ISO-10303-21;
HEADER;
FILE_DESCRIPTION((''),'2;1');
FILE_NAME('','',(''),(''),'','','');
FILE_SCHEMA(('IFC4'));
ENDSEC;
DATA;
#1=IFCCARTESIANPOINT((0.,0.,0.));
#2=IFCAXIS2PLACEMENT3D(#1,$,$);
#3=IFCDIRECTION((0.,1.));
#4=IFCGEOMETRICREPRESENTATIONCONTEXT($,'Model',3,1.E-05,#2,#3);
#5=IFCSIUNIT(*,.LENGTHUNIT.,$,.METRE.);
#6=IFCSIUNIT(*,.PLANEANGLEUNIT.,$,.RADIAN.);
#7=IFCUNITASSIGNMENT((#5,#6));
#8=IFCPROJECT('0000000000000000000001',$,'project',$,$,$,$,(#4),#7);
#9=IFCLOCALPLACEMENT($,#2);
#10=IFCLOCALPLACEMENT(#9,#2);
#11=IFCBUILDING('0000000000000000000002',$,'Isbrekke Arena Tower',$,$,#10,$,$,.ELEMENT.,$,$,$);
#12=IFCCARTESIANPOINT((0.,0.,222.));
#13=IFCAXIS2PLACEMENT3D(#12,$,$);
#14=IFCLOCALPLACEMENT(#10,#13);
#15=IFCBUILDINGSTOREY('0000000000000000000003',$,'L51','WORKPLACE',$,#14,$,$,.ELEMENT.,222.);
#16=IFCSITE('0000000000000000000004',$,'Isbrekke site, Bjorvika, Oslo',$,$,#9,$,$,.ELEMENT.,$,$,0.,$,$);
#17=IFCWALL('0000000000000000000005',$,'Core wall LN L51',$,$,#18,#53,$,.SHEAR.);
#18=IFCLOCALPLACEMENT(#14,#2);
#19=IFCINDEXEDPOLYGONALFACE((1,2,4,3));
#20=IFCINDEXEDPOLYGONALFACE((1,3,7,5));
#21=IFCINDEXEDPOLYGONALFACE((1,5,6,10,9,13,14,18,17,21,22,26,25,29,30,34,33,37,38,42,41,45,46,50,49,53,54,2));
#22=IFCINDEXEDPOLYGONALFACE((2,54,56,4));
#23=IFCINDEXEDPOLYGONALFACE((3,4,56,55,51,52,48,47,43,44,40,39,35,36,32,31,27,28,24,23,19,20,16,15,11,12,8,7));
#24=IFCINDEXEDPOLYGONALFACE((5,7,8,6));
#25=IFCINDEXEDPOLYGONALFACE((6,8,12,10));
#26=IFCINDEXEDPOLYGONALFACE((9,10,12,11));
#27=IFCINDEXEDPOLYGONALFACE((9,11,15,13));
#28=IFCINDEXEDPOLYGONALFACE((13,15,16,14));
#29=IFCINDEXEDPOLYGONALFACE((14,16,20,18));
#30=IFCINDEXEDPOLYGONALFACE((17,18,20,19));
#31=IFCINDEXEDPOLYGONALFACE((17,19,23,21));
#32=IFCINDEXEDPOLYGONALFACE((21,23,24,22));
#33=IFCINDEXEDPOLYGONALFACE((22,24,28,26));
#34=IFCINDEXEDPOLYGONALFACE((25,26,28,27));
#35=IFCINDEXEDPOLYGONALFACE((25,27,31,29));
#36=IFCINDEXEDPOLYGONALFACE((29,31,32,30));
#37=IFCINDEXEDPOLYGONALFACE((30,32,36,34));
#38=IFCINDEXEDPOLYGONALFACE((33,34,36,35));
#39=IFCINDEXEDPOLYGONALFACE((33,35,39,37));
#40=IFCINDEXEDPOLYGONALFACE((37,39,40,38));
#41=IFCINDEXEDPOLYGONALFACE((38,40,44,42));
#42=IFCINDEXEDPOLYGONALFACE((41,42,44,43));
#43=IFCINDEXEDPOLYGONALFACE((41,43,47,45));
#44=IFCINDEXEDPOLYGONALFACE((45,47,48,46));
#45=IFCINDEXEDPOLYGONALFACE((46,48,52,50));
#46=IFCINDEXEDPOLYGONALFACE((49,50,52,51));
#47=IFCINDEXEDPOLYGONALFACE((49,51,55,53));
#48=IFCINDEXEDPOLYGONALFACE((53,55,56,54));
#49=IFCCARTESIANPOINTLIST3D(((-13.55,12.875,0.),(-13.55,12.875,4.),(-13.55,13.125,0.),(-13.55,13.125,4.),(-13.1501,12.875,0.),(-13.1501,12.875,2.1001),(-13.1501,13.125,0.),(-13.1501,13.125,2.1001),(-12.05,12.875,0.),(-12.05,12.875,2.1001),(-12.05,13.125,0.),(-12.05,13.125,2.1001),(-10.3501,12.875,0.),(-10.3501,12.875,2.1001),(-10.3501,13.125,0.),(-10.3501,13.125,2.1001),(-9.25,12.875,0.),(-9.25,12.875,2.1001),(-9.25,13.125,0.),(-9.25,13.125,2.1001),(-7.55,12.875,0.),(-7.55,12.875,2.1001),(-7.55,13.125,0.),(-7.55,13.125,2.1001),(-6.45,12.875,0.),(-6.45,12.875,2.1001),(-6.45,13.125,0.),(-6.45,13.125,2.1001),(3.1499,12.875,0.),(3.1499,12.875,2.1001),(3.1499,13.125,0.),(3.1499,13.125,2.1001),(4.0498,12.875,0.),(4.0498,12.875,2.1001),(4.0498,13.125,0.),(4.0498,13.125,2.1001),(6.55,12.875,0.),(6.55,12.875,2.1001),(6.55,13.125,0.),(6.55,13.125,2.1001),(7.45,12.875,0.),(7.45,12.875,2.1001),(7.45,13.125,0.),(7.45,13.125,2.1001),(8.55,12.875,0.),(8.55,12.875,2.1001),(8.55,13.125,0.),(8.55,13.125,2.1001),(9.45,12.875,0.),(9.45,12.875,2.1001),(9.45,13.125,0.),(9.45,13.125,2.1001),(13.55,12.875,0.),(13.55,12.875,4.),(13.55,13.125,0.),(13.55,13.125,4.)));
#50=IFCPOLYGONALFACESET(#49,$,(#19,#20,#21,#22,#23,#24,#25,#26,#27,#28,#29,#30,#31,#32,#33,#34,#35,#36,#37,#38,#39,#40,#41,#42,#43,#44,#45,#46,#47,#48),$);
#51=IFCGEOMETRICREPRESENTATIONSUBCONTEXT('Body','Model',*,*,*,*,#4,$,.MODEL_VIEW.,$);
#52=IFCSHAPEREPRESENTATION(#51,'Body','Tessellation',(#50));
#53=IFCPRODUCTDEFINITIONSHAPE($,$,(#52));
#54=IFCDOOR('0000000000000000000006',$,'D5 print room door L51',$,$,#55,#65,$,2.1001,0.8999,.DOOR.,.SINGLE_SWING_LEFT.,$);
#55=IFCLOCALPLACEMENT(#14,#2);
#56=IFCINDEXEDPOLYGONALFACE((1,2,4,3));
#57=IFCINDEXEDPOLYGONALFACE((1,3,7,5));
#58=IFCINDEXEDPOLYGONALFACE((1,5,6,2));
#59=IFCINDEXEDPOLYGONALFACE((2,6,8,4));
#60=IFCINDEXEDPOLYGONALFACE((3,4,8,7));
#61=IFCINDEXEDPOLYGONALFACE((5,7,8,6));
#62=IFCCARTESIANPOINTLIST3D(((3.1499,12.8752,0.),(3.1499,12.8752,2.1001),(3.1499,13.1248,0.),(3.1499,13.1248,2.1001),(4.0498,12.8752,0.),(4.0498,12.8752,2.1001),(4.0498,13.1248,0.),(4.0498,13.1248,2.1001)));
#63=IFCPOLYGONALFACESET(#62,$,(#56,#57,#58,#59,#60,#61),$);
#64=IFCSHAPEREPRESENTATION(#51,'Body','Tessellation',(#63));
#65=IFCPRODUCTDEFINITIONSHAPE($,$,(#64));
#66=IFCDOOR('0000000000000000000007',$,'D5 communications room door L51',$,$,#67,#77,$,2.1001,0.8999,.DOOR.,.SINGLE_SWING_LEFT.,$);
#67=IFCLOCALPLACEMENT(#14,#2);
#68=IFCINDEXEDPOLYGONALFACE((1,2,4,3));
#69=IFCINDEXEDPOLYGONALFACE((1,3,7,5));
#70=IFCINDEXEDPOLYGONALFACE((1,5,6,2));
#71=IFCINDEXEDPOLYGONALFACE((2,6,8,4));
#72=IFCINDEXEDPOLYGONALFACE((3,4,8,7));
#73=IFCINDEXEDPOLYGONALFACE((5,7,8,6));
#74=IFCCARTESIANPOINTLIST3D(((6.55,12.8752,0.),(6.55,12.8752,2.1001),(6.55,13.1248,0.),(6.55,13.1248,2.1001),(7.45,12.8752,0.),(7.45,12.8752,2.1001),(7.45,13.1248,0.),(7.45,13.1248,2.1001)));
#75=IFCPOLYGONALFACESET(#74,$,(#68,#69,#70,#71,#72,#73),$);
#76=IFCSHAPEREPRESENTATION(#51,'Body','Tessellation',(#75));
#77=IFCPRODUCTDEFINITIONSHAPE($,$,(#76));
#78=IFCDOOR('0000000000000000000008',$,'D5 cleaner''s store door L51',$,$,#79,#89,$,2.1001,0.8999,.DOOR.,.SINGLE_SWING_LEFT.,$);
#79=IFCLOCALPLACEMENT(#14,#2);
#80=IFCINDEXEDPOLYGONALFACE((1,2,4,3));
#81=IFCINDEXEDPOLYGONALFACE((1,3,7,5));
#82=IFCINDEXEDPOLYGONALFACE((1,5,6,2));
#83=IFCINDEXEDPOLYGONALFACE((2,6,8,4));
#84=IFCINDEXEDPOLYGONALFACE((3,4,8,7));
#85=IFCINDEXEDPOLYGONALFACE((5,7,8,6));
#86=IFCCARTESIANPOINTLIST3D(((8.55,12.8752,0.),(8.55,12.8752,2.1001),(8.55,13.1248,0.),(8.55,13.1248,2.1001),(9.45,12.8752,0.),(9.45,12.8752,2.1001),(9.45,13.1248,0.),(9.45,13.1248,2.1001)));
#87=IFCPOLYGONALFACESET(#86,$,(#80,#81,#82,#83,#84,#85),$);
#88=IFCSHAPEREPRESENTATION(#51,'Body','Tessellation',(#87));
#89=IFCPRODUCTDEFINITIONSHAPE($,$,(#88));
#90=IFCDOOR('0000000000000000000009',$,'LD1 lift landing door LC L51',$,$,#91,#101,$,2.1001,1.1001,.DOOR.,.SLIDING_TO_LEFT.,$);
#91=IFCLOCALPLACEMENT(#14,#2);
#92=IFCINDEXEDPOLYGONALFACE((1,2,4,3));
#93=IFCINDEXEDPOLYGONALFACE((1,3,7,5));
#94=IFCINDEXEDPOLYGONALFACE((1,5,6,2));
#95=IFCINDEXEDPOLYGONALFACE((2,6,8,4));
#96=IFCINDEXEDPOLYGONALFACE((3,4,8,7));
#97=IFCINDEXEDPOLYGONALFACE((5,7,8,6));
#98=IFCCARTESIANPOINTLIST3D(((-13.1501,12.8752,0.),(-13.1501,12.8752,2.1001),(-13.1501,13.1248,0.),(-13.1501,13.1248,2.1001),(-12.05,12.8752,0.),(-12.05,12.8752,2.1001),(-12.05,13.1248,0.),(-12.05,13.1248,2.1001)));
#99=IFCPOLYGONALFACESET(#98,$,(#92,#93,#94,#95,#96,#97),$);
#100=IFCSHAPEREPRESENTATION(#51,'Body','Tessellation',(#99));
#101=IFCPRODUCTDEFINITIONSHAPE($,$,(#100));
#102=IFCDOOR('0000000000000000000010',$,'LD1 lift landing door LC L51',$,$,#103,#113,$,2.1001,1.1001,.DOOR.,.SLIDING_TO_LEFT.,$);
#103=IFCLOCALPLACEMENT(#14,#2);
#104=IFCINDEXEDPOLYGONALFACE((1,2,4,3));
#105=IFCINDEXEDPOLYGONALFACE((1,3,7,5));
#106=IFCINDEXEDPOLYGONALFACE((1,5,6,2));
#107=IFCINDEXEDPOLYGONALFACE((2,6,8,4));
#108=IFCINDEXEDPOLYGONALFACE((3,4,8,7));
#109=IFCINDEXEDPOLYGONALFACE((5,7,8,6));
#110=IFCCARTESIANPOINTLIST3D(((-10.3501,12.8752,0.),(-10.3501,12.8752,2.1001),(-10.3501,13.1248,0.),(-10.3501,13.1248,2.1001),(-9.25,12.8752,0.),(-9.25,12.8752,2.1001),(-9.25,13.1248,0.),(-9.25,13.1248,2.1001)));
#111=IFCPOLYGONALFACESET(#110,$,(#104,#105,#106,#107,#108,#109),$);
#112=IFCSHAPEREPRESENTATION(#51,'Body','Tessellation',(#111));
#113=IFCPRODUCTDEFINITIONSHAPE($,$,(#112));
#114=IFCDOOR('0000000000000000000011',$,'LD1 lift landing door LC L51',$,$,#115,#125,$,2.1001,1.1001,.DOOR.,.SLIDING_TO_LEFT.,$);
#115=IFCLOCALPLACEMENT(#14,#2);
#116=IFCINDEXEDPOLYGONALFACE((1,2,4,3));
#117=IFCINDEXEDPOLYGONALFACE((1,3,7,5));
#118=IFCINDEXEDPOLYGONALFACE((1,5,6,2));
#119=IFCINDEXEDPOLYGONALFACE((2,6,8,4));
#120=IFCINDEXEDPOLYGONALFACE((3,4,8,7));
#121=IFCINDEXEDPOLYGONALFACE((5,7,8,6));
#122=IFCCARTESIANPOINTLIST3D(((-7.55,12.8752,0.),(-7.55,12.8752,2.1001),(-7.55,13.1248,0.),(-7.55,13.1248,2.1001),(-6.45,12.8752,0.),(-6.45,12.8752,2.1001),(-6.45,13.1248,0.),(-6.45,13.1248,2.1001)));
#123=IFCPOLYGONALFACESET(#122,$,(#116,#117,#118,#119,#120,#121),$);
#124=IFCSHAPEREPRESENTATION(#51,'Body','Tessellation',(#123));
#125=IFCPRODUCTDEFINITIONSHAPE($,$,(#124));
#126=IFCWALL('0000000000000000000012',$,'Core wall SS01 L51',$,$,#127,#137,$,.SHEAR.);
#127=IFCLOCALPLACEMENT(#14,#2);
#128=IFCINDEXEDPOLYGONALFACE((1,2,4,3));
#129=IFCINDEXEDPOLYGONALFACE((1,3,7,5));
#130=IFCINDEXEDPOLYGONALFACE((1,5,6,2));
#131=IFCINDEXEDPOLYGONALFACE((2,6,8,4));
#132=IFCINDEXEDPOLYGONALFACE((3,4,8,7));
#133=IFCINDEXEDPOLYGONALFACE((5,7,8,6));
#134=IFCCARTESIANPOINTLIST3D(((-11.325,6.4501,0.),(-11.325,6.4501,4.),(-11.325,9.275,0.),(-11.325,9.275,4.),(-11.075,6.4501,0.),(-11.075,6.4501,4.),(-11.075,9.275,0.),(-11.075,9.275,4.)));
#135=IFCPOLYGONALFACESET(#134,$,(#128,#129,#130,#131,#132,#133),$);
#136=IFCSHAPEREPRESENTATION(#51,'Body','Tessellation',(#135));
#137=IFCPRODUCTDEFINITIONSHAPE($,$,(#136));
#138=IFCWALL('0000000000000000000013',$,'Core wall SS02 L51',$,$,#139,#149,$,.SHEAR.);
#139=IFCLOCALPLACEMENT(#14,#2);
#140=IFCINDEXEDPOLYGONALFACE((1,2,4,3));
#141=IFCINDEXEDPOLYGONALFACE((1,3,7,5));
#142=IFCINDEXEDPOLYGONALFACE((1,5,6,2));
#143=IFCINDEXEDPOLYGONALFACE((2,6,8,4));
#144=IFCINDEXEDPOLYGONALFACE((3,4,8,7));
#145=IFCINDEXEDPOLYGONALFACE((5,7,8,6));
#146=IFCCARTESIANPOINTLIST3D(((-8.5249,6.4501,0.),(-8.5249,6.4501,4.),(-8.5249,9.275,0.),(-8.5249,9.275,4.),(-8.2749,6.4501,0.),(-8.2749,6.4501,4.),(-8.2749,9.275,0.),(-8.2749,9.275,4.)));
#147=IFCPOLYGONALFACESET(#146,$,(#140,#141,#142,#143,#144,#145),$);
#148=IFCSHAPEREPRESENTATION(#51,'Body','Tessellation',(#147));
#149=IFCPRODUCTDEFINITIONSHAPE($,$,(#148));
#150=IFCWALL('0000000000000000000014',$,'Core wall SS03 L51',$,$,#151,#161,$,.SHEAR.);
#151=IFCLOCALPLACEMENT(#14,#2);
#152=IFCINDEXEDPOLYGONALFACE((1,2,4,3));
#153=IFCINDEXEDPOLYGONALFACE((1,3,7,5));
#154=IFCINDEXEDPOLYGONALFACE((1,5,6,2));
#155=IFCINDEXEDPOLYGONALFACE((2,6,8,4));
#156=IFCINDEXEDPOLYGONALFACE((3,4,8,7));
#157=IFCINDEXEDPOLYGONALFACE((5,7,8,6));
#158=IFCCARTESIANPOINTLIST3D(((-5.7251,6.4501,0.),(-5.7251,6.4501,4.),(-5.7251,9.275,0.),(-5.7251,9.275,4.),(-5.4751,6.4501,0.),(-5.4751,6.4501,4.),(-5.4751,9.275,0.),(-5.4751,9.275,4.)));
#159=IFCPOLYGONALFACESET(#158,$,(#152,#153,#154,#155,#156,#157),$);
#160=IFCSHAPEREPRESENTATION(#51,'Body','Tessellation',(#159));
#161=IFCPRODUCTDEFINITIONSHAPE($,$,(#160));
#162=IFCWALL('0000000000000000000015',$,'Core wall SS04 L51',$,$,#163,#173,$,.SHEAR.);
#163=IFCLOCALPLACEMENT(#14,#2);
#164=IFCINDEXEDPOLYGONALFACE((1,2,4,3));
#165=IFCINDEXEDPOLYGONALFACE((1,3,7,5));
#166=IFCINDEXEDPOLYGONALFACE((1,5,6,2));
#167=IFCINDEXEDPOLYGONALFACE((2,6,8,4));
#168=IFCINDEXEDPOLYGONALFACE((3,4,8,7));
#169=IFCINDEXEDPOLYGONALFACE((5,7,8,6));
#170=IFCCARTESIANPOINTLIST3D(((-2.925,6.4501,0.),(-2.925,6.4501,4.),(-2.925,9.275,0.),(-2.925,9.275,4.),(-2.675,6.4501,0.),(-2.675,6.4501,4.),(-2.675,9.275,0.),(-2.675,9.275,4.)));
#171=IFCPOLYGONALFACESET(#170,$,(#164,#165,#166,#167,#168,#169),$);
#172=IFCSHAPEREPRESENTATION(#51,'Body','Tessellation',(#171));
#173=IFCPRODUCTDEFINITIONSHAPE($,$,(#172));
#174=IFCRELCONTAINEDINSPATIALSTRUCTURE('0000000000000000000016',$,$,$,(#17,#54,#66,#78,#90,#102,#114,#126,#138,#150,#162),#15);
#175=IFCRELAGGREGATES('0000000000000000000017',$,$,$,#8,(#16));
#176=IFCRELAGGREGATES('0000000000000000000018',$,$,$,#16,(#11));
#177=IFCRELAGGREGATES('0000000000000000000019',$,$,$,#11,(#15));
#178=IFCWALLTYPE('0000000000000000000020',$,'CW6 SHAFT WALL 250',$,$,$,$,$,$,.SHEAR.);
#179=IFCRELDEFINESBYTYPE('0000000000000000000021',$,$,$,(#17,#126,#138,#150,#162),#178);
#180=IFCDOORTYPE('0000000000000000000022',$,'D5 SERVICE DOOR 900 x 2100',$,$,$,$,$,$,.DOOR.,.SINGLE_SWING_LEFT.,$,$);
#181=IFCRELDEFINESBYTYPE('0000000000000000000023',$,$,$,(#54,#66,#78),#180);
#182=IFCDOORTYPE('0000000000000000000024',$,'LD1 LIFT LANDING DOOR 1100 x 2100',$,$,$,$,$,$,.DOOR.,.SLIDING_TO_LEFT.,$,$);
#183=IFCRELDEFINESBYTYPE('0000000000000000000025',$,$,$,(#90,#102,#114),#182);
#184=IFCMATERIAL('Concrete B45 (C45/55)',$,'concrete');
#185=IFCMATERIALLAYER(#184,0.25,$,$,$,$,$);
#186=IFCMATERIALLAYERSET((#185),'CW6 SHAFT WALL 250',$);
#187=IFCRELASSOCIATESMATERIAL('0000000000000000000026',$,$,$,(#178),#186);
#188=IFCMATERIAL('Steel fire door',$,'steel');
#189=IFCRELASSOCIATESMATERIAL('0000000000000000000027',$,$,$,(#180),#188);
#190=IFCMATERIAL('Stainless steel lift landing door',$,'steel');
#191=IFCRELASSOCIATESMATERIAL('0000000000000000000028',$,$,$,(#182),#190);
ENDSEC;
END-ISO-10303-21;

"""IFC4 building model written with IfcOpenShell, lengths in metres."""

from ifc_helpers import new_model, si_unit, direction, frame, frame_2d, origin, place, context, subcontext, project, spatial, rectangle, extrude, material, layer, layer_set, type_object, element, fill, save


model = new_model("IFC4")

# Units and contexts
model_context = context("Model", 3, precision=1e-05, world=origin(), true_north=direction((0.0, 1.0)))
body_context = subcontext(model_context, "Body", "Model", "MODEL_VIEW")
ifc_project = project(units=[si_unit("LENGTHUNIT", "METRE"), si_unit("PLANEANGLEUNIT", "RADIAN")], contexts=[model_context])

# Site, building, storey
site_placement = place(None, origin())
site = spatial("IfcSite", under=ifc_project, at=site_placement, Name="Isbrekke site, Bjorvika, Oslo", CompositionType="ELEMENT", RefElevation=0.0)
building_placement = place(site_placement, origin())
building = spatial("IfcBuilding", under=site, at=building_placement, Name="Isbrekke Arena Tower", CompositionType="ELEMENT")
storey_placement = place(building_placement, frame((0.0, 0.0, 222.0)))
storey = spatial("IfcBuildingStorey", under=building, at=storey_placement, Name="L51", Description="WORKPLACE", CompositionType="ELEMENT", Elevation=222.0)

# Wall, openings, doors
ifc_material_1 = material(Name="Concrete B45 (C45/55)", Category="concrete")
ifc_layer_1 = layer(ifc_material_1, 0.25)
ifc_layer_set_1 = layer_set([ifc_layer_1], Name="CW6 SHAFT WALL 250")
wall_type_1 = type_object("IfcWallType", Name="CW6 SHAFT WALL 250", PredefinedType="SHEAR", material=ifc_layer_set_1)
ifc_material_2 = material(Name="Steel fire door", Category="steel")
door_type_1 = type_object("IfcDoorType", Name="D5 SERVICE DOOR 900 x 2100", OperationType="SINGLE_SWING_LEFT", PredefinedType="DOOR", material=ifc_material_2)
ifc_material_3 = material(Name="Stainless steel lift landing door", Category="steel")
door_type_2 = type_object("IfcDoorType", Name="LD1 LIFT LANDING DOOR 1100 x 2100", OperationType="SLIDING_TO_LEFT", PredefinedType="DOOR", material=ifc_material_3)
wall_1_placement = place(storey_placement, frame((-13.55, 13.0, 0.0), z_axis=(0.0, 0.0, 1.0), x_axis=(1.0, 0.0, 0.0)))
wall_1 = element("IfcWall", 1, at=wall_1_placement, inside=storey, type_object=wall_type_1, Name="Core wall LN L51", PredefinedType="SHEAR", context=body_context, shape_type="SweptSolid", body=[
    extrude(rectangle(XDim=27.1001, YDim=0.25, at=frame_2d((13.55, 0.0))), origin(), (0.0, 0.0, 1.0), 4.0),
])
opening_1_placement = place(wall_1_placement, frame((0.3999, 0.0, 0.0)))
opening_1 = element("IfcOpeningElement", 2, at=opening_1_placement, cuts=wall_1, PredefinedType="OPENING", context=body_context, shape_type="SweptSolid", body=[
    extrude(rectangle(XDim=1.1001, YDim=2.1001, at=frame_2d((0.55, 1.05))), frame((0.0, 0.1399, 0.0), z_axis=(0.0, -1.0, 0.0), x_axis=(1.0, 0.0, 0.0)), (0.0, 0.0, 1.0), 0.2798),
])
opening_2_placement = place(wall_1_placement, frame((3.2, 0.0, 0.0)))
opening_2 = element("IfcOpeningElement", 3, at=opening_2_placement, cuts=wall_1, PredefinedType="OPENING", context=body_context, shape_type="SweptSolid", body=[
    extrude(rectangle(XDim=1.1001, YDim=2.1001, at=frame_2d((0.55, 1.05))), frame((0.0, 0.1399, 0.0), z_axis=(0.0, -1.0, 0.0), x_axis=(1.0, 0.0, 0.0)), (0.0, 0.0, 1.0), 0.2798),
])
opening_3_placement = place(wall_1_placement, frame((6.0, 0.0, 0.0)))
opening_3 = element("IfcOpeningElement", 4, at=opening_3_placement, cuts=wall_1, PredefinedType="OPENING", context=body_context, shape_type="SweptSolid", body=[
    extrude(rectangle(XDim=1.1001, YDim=2.1001, at=frame_2d((0.55, 1.05))), frame((0.0, 0.1399, 0.0), z_axis=(0.0, -1.0, 0.0), x_axis=(1.0, 0.0, 0.0)), (0.0, 0.0, 1.0), 0.2798),
])
opening_4_placement = place(wall_1_placement, frame((16.7, 0.0, 0.0)))
opening_4 = element("IfcOpeningElement", 5, at=opening_4_placement, cuts=wall_1, PredefinedType="OPENING", context=body_context, shape_type="SweptSolid", body=[
    extrude(rectangle(XDim=0.8999, YDim=2.1001, at=frame_2d((0.45, 1.05))), frame((0.0, 0.1399, 0.0), z_axis=(0.0, -1.0, 0.0), x_axis=(1.0, 0.0, 0.0)), (0.0, 0.0, 1.0), 0.2798),
])
opening_5_placement = place(wall_1_placement, frame((20.1001, 0.0, 0.0)))
opening_5 = element("IfcOpeningElement", 6, at=opening_5_placement, cuts=wall_1, PredefinedType="OPENING", context=body_context, shape_type="SweptSolid", body=[
    extrude(rectangle(XDim=0.8999, YDim=2.1001, at=frame_2d((0.45, 1.05))), frame((0.0, 0.1399, 0.0), z_axis=(0.0, -1.0, 0.0), x_axis=(1.0, 0.0, 0.0)), (0.0, 0.0, 1.0), 0.2798),
])
opening_6_placement = place(wall_1_placement, frame((22.1001, 0.0, 0.0)))
opening_6 = element("IfcOpeningElement", 7, at=opening_6_placement, cuts=wall_1, PredefinedType="OPENING", context=body_context, shape_type="SweptSolid", body=[
    extrude(rectangle(XDim=0.8999, YDim=2.1001, at=frame_2d((0.45, 1.05))), frame((0.0, 0.1399, 0.0), z_axis=(0.0, -1.0, 0.0), x_axis=(1.0, 0.0, 0.0)), (0.0, 0.0, 1.0), 0.2798),
])
door_1_placement = place(opening_4_placement, origin())
door_1 = element("IfcDoor", 8, at=door_1_placement, inside=storey, type_object=door_type_1, Name="D5 print room door L51", OperationType="SINGLE_SWING_LEFT", OverallHeight=2.1001, OverallWidth=0.8999, PredefinedType="DOOR", context=body_context, shape_type="SweptSolid", body=[
    extrude(rectangle(XDim=0.8999, YDim=2.1001, at=frame_2d((0.45, 1.05))), frame((0.0, 0.1248, 0.0), z_axis=(0.0, -1.0, 0.0), x_axis=(1.0, 0.0, 0.0)), (0.0, 0.0, 1.0), 0.2495),
])
fill(opening_4, door_1)
door_2_placement = place(opening_5_placement, origin())
door_2 = element("IfcDoor", 9, at=door_2_placement, inside=storey, type_object=door_type_1, Name="D5 communications room door L51", OperationType="SINGLE_SWING_LEFT", OverallHeight=2.1001, OverallWidth=0.8999, PredefinedType="DOOR", context=body_context, shape_type="SweptSolid", body=[
    extrude(rectangle(XDim=0.8999, YDim=2.1001, at=frame_2d((0.45, 1.05))), frame((0.0, 0.1248, 0.0), z_axis=(0.0, -1.0, 0.0), x_axis=(1.0, 0.0, 0.0)), (0.0, 0.0, 1.0), 0.2495),
])
fill(opening_5, door_2)
door_3_placement = place(opening_6_placement, origin())
door_3 = element("IfcDoor", 10, at=door_3_placement, inside=storey, type_object=door_type_1, Name="D5 cleaner's store door L51", OperationType="SINGLE_SWING_LEFT", OverallHeight=2.1001, OverallWidth=0.8999, PredefinedType="DOOR", context=body_context, shape_type="SweptSolid", body=[
    extrude(rectangle(XDim=0.8999, YDim=2.1001, at=frame_2d((0.45, 1.05))), frame((0.0, 0.1248, 0.0), z_axis=(0.0, -1.0, 0.0), x_axis=(1.0, 0.0, 0.0)), (0.0, 0.0, 1.0), 0.2495),
])
fill(opening_6, door_3)
door_4_placement = place(opening_1_placement, origin())
door_4 = element("IfcDoor", 11, at=door_4_placement, inside=storey, type_object=door_type_2, Name="LD1 lift landing door LC L51", OperationType="SLIDING_TO_LEFT", OverallHeight=2.1001, OverallWidth=1.1001, PredefinedType="DOOR", context=body_context, shape_type="SweptSolid", body=[
    extrude(rectangle(XDim=1.1001, YDim=2.1001, at=frame_2d((0.55, 1.05))), frame((0.0, 0.1248, 0.0), z_axis=(0.0, -1.0, 0.0), x_axis=(1.0, 0.0, 0.0)), (0.0, 0.0, 1.0), 0.2495),
])
fill(opening_1, door_4)
door_5_placement = place(opening_2_placement, origin())
door_5 = element("IfcDoor", 12, at=door_5_placement, inside=storey, type_object=door_type_2, Name="LD1 lift landing door LC L51", OperationType="SLIDING_TO_LEFT", OverallHeight=2.1001, OverallWidth=1.1001, PredefinedType="DOOR", context=body_context, shape_type="SweptSolid", body=[
    extrude(rectangle(XDim=1.1001, YDim=2.1001, at=frame_2d((0.55, 1.05))), frame((0.0, 0.1248, 0.0), z_axis=(0.0, -1.0, 0.0), x_axis=(1.0, 0.0, 0.0)), (0.0, 0.0, 1.0), 0.2495),
])
fill(opening_2, door_5)
door_6_placement = place(opening_3_placement, origin())
door_6 = element("IfcDoor", 13, at=door_6_placement, inside=storey, type_object=door_type_2, Name="LD1 lift landing door LC L51", OperationType="SLIDING_TO_LEFT", OverallHeight=2.1001, OverallWidth=1.1001, PredefinedType="DOOR", context=body_context, shape_type="SweptSolid", body=[
    extrude(rectangle(XDim=1.1001, YDim=2.1001, at=frame_2d((0.55, 1.05))), frame((0.0, 0.1248, 0.0), z_axis=(0.0, -1.0, 0.0), x_axis=(1.0, 0.0, 0.0)), (0.0, 0.0, 1.0), 0.2495),
])
fill(opening_3, door_6)

# Walls
for number, where, z_axis, x_axis, name in (
    (14, (-11.2, 6.45, 0.0), (0.0, 0.0, 1.0), (0.0, 1.0, 0.0), "Core wall SS01 L51"),
    (15, (-8.3999, 6.45, 0.0), (0.0, 0.0, 1.0), (0.0, 1.0, 0.0), "Core wall SS02 L51"),
    (16, (-5.6001, 6.45, 0.0), (0.0, 0.0, 1.0), (0.0, 1.0, 0.0), "Core wall SS03 L51"),
    (17, (-2.8, 6.45, 0.0), (0.0, 0.0, 1.0), (0.0, 1.0, 0.0), "Core wall SS04 L51"),
):
    element("IfcWall", number, at=place(storey_placement, frame(where, z_axis=z_axis, x_axis=x_axis)), inside=storey, type_object=wall_type_1, Name=name, PredefinedType="SHEAR", context=body_context, shape_type="SweptSolid", body=[
        extrude(rectangle(XDim=2.825, YDim=0.25, at=frame_2d((1.4126, 0.0))), origin(), (0.0, 0.0, 1.0), 4.0),
    ])

save(model, "model.ifc")
